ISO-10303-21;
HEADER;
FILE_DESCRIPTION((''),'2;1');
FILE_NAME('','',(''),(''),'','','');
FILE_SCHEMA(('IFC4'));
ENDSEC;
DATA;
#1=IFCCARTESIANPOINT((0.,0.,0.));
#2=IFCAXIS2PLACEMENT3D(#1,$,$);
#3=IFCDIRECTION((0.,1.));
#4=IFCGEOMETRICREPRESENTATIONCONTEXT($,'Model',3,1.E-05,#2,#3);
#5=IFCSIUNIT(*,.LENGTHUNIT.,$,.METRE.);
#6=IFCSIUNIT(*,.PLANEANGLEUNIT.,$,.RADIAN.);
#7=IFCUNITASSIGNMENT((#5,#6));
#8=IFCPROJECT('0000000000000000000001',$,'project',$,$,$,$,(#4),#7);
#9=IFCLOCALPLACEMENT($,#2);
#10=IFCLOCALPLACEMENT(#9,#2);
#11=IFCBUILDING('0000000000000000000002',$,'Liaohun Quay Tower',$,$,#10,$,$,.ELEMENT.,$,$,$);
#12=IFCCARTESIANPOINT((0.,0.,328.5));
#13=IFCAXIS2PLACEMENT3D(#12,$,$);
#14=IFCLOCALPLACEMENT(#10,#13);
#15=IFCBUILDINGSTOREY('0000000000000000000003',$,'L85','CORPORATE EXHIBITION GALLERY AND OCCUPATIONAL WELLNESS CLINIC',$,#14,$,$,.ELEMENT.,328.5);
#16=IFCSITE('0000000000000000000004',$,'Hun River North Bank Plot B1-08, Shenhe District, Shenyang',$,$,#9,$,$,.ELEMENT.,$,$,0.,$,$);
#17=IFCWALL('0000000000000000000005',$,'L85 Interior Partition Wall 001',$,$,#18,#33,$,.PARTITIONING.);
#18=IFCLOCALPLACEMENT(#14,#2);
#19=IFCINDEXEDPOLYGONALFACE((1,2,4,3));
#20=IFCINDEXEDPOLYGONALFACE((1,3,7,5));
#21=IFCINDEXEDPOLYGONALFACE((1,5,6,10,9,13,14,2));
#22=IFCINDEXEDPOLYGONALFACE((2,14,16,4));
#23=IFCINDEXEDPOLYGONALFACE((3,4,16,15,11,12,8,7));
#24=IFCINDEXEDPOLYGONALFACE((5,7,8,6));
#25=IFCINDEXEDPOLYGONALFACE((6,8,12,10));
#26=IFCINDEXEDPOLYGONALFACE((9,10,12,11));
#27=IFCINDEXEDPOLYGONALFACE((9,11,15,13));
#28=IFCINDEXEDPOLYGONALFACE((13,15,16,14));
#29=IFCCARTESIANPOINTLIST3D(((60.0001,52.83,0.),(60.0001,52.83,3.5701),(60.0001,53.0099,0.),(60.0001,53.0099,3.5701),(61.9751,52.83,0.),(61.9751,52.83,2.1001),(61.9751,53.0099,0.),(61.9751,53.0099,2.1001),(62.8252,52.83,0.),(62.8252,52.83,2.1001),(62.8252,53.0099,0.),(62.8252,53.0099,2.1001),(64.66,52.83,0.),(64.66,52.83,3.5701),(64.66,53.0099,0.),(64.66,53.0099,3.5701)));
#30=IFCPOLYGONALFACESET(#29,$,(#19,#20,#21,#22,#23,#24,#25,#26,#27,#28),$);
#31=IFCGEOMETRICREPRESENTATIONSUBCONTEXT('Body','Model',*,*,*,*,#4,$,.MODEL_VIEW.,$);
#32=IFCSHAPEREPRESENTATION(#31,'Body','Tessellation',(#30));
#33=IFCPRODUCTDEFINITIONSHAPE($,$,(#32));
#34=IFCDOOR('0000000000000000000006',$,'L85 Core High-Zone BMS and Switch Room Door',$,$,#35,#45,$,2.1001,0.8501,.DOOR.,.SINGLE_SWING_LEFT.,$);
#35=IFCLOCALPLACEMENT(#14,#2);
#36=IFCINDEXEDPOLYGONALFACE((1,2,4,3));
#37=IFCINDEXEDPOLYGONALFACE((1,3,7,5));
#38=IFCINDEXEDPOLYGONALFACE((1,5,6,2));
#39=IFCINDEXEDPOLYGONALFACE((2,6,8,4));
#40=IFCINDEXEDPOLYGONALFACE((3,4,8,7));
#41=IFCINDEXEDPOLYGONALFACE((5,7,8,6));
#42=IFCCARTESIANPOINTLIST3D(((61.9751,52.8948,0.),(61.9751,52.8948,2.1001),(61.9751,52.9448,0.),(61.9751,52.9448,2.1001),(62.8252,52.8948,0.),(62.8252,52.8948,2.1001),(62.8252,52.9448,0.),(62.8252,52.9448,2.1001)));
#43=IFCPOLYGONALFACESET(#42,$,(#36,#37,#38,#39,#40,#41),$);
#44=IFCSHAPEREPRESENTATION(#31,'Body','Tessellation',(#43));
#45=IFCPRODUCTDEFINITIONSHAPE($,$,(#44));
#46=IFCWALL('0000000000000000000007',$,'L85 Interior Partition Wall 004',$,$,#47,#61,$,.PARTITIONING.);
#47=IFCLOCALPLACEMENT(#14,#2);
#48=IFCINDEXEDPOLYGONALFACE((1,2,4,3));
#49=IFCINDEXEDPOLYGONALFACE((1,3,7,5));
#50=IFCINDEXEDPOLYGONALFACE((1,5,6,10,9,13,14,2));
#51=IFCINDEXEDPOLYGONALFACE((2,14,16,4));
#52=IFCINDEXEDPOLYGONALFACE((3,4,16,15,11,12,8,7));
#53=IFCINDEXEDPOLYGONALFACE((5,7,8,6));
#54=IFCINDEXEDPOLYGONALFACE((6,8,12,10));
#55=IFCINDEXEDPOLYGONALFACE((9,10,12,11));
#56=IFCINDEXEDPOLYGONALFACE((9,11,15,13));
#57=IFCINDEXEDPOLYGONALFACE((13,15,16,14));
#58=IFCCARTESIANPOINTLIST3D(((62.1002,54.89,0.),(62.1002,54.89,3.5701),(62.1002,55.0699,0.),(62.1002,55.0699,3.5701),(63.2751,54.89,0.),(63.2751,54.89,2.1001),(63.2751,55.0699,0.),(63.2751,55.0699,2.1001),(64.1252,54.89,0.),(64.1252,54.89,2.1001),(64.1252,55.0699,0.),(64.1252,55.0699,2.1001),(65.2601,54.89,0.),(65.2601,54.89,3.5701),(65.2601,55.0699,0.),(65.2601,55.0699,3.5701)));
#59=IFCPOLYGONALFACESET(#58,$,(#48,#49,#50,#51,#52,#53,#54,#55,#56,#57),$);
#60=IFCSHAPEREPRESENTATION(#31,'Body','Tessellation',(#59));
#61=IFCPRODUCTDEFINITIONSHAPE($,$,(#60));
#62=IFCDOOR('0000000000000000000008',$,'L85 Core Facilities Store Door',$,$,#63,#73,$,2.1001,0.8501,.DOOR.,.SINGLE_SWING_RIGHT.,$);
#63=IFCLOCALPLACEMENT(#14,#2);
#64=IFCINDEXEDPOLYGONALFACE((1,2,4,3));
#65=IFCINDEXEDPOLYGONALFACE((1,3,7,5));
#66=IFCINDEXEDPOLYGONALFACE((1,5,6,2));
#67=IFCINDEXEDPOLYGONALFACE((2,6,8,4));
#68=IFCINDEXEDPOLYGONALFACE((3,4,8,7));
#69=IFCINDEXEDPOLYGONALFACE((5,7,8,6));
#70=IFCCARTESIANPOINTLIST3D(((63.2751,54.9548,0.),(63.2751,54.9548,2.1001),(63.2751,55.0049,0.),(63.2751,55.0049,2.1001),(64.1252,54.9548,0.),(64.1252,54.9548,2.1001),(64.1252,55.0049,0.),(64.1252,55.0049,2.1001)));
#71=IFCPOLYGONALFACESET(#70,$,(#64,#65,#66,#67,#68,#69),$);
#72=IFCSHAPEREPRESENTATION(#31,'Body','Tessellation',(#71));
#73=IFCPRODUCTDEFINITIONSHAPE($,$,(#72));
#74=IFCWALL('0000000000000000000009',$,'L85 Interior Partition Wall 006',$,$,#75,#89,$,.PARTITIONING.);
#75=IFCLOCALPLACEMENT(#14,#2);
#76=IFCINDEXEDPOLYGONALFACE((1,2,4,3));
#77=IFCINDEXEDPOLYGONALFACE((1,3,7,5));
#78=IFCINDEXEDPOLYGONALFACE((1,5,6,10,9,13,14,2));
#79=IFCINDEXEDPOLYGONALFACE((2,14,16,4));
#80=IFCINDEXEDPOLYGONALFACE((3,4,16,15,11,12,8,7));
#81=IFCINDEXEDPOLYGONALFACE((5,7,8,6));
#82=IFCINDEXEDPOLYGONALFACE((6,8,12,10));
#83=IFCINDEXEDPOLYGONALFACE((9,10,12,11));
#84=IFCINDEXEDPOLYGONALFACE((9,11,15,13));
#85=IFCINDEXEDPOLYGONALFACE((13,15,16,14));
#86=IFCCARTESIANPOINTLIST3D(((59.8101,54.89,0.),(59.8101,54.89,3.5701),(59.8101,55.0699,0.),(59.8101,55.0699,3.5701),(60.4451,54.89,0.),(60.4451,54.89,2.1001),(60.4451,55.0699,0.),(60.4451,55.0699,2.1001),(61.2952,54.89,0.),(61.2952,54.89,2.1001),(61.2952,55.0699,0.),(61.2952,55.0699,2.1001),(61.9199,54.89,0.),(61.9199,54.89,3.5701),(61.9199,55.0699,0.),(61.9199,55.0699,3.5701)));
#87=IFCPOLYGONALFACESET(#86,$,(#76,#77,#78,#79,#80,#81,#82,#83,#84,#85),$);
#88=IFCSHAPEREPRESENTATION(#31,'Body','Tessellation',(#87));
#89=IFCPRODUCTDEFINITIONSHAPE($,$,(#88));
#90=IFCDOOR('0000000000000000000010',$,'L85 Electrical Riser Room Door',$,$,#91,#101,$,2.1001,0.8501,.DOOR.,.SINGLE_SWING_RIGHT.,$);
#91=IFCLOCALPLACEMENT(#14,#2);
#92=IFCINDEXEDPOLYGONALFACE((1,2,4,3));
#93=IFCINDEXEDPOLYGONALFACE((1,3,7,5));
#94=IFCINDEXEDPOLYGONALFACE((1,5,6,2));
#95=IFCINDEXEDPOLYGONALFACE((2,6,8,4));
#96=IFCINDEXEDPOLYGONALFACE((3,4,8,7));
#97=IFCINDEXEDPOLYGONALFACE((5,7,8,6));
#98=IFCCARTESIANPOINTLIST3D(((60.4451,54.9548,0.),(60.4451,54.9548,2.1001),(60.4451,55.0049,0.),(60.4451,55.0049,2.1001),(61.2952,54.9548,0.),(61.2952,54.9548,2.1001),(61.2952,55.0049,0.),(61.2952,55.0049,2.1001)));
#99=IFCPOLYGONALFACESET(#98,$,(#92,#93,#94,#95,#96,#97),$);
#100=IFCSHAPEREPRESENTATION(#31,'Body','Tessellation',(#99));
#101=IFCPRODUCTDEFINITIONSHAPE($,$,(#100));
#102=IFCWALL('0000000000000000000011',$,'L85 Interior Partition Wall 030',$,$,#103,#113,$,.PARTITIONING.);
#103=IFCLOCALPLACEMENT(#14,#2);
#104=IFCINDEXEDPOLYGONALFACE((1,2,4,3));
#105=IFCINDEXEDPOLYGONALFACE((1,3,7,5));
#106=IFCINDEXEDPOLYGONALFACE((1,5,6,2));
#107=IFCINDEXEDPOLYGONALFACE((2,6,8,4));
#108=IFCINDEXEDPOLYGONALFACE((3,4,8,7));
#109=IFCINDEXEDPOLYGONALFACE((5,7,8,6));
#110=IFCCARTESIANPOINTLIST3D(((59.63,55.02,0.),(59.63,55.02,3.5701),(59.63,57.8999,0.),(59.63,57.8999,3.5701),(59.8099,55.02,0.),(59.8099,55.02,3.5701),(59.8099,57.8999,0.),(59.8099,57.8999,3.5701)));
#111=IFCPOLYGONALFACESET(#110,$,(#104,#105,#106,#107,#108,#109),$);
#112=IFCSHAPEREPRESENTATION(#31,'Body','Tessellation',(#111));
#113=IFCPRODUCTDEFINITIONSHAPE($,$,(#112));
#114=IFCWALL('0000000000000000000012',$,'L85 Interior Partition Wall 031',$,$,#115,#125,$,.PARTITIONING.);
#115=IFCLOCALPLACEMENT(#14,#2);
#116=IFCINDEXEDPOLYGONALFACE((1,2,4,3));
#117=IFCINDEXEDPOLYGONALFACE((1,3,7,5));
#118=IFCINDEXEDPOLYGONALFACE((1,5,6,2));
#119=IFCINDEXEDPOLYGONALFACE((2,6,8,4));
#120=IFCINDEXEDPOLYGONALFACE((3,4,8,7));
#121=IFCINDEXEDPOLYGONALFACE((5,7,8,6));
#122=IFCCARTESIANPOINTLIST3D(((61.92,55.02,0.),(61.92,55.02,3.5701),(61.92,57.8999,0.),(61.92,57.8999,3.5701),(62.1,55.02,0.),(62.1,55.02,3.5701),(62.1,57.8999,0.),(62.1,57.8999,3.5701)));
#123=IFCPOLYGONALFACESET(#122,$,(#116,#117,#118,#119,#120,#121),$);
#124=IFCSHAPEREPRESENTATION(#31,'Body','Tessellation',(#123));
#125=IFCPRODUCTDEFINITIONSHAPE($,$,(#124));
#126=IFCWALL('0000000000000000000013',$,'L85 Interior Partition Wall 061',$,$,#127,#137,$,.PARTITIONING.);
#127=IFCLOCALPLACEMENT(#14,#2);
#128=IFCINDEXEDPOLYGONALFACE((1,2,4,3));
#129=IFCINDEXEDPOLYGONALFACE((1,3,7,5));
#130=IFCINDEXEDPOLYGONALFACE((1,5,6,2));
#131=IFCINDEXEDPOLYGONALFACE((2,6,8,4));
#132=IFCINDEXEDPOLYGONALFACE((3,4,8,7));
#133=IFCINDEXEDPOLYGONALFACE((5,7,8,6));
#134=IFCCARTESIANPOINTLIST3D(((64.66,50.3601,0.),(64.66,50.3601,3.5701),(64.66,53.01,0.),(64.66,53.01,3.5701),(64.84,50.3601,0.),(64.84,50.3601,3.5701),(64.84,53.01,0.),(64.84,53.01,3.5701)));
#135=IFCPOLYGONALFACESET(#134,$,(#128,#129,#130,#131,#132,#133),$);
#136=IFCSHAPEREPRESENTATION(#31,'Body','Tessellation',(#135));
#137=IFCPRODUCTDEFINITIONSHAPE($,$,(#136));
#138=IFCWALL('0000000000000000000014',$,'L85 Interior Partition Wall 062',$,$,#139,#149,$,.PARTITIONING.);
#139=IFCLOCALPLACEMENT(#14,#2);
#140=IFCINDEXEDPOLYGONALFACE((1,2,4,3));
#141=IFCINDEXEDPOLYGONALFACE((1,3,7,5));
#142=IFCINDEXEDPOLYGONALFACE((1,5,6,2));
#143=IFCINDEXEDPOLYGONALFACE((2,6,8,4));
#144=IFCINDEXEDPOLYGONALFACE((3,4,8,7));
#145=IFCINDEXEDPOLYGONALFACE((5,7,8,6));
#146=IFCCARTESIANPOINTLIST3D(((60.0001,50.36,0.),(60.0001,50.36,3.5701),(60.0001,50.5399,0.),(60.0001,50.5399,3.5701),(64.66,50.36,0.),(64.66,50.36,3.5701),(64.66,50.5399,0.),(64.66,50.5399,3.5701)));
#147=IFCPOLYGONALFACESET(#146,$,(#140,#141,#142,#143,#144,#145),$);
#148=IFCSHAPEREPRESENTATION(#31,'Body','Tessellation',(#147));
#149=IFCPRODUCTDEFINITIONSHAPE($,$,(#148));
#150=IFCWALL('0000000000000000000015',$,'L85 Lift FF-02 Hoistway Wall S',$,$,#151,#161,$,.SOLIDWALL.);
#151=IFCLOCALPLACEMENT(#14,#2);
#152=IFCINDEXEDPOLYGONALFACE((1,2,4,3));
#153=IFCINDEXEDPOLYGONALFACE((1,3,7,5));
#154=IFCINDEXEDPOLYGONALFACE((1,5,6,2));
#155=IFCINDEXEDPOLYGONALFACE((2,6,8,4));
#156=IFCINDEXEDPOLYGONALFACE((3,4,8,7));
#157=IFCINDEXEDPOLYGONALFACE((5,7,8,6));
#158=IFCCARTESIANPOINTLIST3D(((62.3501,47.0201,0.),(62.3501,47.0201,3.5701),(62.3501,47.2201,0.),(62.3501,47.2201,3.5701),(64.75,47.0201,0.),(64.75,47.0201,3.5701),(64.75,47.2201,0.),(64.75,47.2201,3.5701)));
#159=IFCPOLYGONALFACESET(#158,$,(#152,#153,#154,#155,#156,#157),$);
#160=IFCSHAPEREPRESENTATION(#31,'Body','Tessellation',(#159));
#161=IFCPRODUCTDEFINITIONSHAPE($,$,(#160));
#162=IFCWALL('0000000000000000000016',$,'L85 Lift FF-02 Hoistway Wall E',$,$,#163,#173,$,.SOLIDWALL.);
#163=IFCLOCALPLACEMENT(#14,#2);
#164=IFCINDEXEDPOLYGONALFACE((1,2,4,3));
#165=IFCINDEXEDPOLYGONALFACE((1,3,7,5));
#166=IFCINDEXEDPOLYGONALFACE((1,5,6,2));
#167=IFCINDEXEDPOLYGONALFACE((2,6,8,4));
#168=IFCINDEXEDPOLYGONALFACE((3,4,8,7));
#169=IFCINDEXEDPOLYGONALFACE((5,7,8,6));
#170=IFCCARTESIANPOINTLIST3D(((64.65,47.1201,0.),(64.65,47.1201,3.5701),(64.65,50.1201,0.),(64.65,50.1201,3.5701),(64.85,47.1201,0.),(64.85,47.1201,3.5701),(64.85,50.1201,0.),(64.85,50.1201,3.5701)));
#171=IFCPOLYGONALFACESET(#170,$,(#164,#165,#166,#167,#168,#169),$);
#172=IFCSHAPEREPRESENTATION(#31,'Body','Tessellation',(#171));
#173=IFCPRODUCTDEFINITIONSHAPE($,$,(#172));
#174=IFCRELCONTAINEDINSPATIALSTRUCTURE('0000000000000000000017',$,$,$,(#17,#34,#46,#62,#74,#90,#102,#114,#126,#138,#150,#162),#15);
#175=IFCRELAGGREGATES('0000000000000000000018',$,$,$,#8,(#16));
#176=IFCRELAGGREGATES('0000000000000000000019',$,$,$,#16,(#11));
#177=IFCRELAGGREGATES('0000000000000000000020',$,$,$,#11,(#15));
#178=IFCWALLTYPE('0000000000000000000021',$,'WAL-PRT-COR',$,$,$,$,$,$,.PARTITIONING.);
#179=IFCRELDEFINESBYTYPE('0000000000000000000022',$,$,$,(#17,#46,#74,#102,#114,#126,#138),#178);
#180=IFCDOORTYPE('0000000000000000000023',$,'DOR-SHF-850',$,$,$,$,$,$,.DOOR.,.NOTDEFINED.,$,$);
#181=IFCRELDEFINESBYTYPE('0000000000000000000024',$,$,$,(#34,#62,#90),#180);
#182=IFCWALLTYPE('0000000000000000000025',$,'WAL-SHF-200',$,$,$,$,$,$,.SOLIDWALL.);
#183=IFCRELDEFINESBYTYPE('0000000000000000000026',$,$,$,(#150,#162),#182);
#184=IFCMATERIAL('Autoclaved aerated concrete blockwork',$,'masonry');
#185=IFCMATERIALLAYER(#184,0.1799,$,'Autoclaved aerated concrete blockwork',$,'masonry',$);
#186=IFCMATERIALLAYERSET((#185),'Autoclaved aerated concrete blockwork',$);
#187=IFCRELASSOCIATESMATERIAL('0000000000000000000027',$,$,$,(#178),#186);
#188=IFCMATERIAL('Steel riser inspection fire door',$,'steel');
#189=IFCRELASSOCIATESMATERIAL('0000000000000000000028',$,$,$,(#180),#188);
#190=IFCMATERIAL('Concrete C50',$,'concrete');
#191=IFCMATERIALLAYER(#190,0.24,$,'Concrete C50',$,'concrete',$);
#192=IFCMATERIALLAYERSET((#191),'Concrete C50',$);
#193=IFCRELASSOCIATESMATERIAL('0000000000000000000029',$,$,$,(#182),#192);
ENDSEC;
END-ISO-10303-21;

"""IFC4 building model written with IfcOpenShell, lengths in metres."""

from ifc_helpers import new_model, si_unit, direction, frame, frame_2d, origin, place, context, subcontext, project, spatial, rectangle, extrude, source, transform, mapped, material, layer, layer_set, type_object, element, fill, save


model = new_model("IFC4")

# Units and contexts
model_context = context("Model", 3, precision=1e-05, world=origin(), true_north=direction((0.0, 1.0)))
body_context = subcontext(model_context, "Body", "Model", "MODEL_VIEW")
ifc_project = project(units=[si_unit("LENGTHUNIT", "METRE"), si_unit("PLANEANGLEUNIT", "RADIAN")], contexts=[model_context])

# Site, building, storey
site_placement = place(None, origin())
site = spatial("IfcSite", under=ifc_project, at=site_placement, Name="Hun River North Bank Plot B1-08, Shenhe District, Shenyang", CompositionType="ELEMENT", RefElevation=0.0)
building_placement = place(site_placement, origin())
building = spatial("IfcBuilding", under=site, at=building_placement, Name="Liaohun Quay Tower", CompositionType="ELEMENT")
storey_placement = place(building_placement, frame((0.0, 0.0, 328.5)))
storey = spatial("IfcBuildingStorey", under=building, at=storey_placement, Name="L85", Description="CORPORATE EXHIBITION GALLERY AND OCCUPATIONAL WELLNESS CLINIC", CompositionType="ELEMENT", Elevation=328.5)

# Walls, openings, doors
ifc_material_1 = material(Name="Autoclaved aerated concrete blockwork", Category="masonry")
ifc_layer_1 = layer(ifc_material_1, 0.1799, Name="Autoclaved aerated concrete blockwork", Category="masonry")
ifc_layer_set_1 = layer_set([ifc_layer_1], Name="Autoclaved aerated concrete blockwork")
wall_type_1 = type_object("IfcWallType", Name="WAL-PRT-COR", PredefinedType="PARTITIONING", material=ifc_layer_set_1)
wall_1_placement = place(storey_placement, frame((60.0, 52.9199, 0.0), z_axis=(0.0, 0.0, 1.0), x_axis=(1.0, 0.0, 0.0)))
wall_1 = element("IfcWall", 1, at=wall_1_placement, inside=storey, type_object=wall_type_1, Name="L85 Interior Partition Wall 001", PredefinedType="PARTITIONING", context=body_context, shape_type="SweptSolid", body=[
    extrude(rectangle(XDim=4.6599, YDim=0.1799, at=frame_2d((2.3301, 0.0))), origin(), (0.0, 0.0, 1.0), 3.5701),
])
shared_shape_1 = source(origin(), body_context, "Body", "SweptSolid", [
    extrude(rectangle(XDim=0.8501, YDim=2.1001, at=frame_2d((0.425, 1.05))), frame((0.0, 0.0999, 0.0), z_axis=(0.0, -1.0, 0.0), x_axis=(1.0, 0.0, 0.0)), (0.0, 0.0, 1.0), 0.2),
])
opening_1_placement = place(wall_1_placement, frame((1.9751, 0.0, 0.0)))
opening_1 = element("IfcOpeningElement", 2, at=opening_1_placement, cuts=wall_1, PredefinedType="OPENING", context=body_context, shape_type="MappedRepresentation", body=[
    mapped(shared_shape_1, transform((0.0, 0.0, 0.0), x_axis=(1.0, 0.0, 0.0), y_axis=(0.0, 1.0, 0.0), z_axis=(0.0, 0.0, 1.0), scale=1.0)),
])
ifc_material_2 = material(Name="Steel riser inspection fire door", Category="steel")
door_type_1 = type_object("IfcDoorType", Name="DOR-SHF-850", OperationType="NOTDEFINED", PredefinedType="DOOR", material=ifc_material_2)
shared_shape_2 = source(origin(), body_context, "Body", "SweptSolid", [
    extrude(rectangle(XDim=0.8501, YDim=2.1001, at=frame_2d((0.425, 1.05))), frame((0.0, 0.0249, 0.0), z_axis=(0.0, -1.0, 0.0), x_axis=(1.0, 0.0, 0.0)), (0.0, 0.0, 1.0), 0.05),
])
door_1_placement = place(opening_1_placement, origin())
door_1 = element("IfcDoor", 3, at=door_1_placement, inside=storey, type_object=door_type_1, Name="L85 Core High-Zone BMS and Switch Room Door", OperationType="SINGLE_SWING_LEFT", OverallHeight=2.1001, OverallWidth=0.8501, PredefinedType="DOOR", context=body_context, shape_type="MappedRepresentation", body=[
    mapped(shared_shape_2, transform((0.0, 0.0, 0.0), x_axis=(1.0, 0.0, 0.0), y_axis=(0.0, 1.0, 0.0), z_axis=(0.0, 0.0, 1.0), scale=1.0)),
])
fill(opening_1, door_1)
wall_2_placement = place(storey_placement, frame((62.1001, 54.98, 0.0), z_axis=(0.0, 0.0, 1.0), x_axis=(1.0, 0.0, 0.0)))
wall_2 = element("IfcWall", 4, at=wall_2_placement, inside=storey, type_object=wall_type_1, Name="L85 Interior Partition Wall 004", PredefinedType="PARTITIONING", context=body_context, shape_type="SweptSolid", body=[
    extrude(rectangle(XDim=3.1599, YDim=0.1799, at=frame_2d((1.5801, 0.0))), origin(), (0.0, 0.0, 1.0), 3.5701),
])
opening_2_placement = place(wall_2_placement, frame((1.175, 0.0, 0.0)))
opening_2 = element("IfcOpeningElement", 5, at=opening_2_placement, cuts=wall_2, PredefinedType="OPENING", context=body_context, shape_type="MappedRepresentation", body=[
    mapped(shared_shape_1, transform((0.0, 0.0, 0.0), x_axis=(1.0, 0.0, 0.0), y_axis=(0.0, 1.0, 0.0), z_axis=(0.0, 0.0, 1.0), scale=1.0)),
])
door_2_placement = place(opening_2_placement, origin())
door_2 = element("IfcDoor", 6, at=door_2_placement, inside=storey, type_object=door_type_1, Name="L85 Core Facilities Store Door", OperationType="SINGLE_SWING_RIGHT", OverallHeight=2.1001, OverallWidth=0.8501, PredefinedType="DOOR", context=body_context, shape_type="MappedRepresentation", body=[
    mapped(shared_shape_2, transform((0.0, 0.0, 0.0), x_axis=(1.0, 0.0, 0.0), y_axis=(0.0, 1.0, 0.0), z_axis=(0.0, 0.0, 1.0), scale=1.0)),
])
fill(opening_2, door_2)
wall_3_placement = place(storey_placement, frame((59.8101, 54.98, 0.0), z_axis=(0.0, 0.0, 1.0), x_axis=(1.0, 0.0, 0.0)))
wall_3 = element("IfcWall", 7, at=wall_3_placement, inside=storey, type_object=wall_type_1, Name="L85 Interior Partition Wall 006", PredefinedType="PARTITIONING", context=body_context, shape_type="SweptSolid", body=[
    extrude(rectangle(XDim=2.1099, YDim=0.1799, at=frame_2d((1.0549, 0.0))), origin(), (0.0, 0.0, 1.0), 3.5701),
])
opening_3_placement = place(wall_3_placement, frame((0.635, 0.0, 0.0)))
opening_3 = element("IfcOpeningElement", 8, at=opening_3_placement, cuts=wall_3, PredefinedType="OPENING", context=body_context, shape_type="MappedRepresentation", body=[
    mapped(shared_shape_1, transform((0.0, 0.0, 0.0), x_axis=(1.0, 0.0, 0.0), y_axis=(0.0, 1.0, 0.0), z_axis=(0.0, 0.0, 1.0), scale=1.0)),
])
door_3_placement = place(opening_3_placement, origin())
door_3 = element("IfcDoor", 9, at=door_3_placement, inside=storey, type_object=door_type_1, Name="L85 Electrical Riser Room Door", OperationType="SINGLE_SWING_RIGHT", OverallHeight=2.1001, OverallWidth=0.8501, PredefinedType="DOOR", context=body_context, shape_type="MappedRepresentation", body=[
    mapped(shared_shape_2, transform((0.0, 0.0, 0.0), x_axis=(1.0, 0.0, 0.0), y_axis=(0.0, 1.0, 0.0), z_axis=(0.0, 0.0, 1.0), scale=1.0)),
])
fill(opening_3, door_3)

# Walls
for number, where, z_axis, x_axis, name in (
    (10, (59.72, 55.02, 0.0), (0.0, 0.0, 1.0), (0.0, 1.0, 0.0), "L85 Interior Partition Wall 030"),
    (11, (62.01, 55.02, 0.0), (0.0, 0.0, 1.0), (0.0, 1.0, 0.0), "L85 Interior Partition Wall 031"),
):
    element("IfcWall", number, at=place(storey_placement, frame(where, z_axis=z_axis, x_axis=x_axis)), inside=storey, type_object=wall_type_1, Name=name, PredefinedType="PARTITIONING", context=body_context, shape_type="SweptSolid", body=[
        extrude(rectangle(XDim=2.8799, YDim=0.1799, at=frame_2d((1.4399, 0.0))), origin(), (0.0, 0.0, 1.0), 3.5701),
    ])
wall_4_placement = place(storey_placement, frame((64.75, 50.3601, 0.0), z_axis=(0.0, 0.0, 1.0), x_axis=(0.0, 1.0, 0.0)))
element("IfcWall", 12, at=wall_4_placement, inside=storey, type_object=wall_type_1, Name="L85 Interior Partition Wall 061", PredefinedType="PARTITIONING", context=body_context, shape_type="SweptSolid", body=[
    extrude(rectangle(XDim=2.6499, YDim=0.1799, at=frame_2d((1.325, 0.0))), origin(), (0.0, 0.0, 1.0), 3.5701),
])
wall_5_placement = place(storey_placement, frame((60.0, 50.45, 0.0), z_axis=(0.0, 0.0, 1.0), x_axis=(1.0, 0.0, 0.0)))
element("IfcWall", 13, at=wall_5_placement, inside=storey, type_object=wall_type_1, Name="L85 Interior Partition Wall 062", PredefinedType="PARTITIONING", context=body_context, shape_type="SweptSolid", body=[
    extrude(rectangle(XDim=4.6599, YDim=0.1799, at=frame_2d((2.3301, 0.0))), origin(), (0.0, 0.0, 1.0), 3.5701),
])
ifc_material_3 = material(Name="Concrete C50", Category="concrete")
ifc_layer_2 = layer(ifc_material_3, 0.24, Name="Concrete C50", Category="concrete")
ifc_layer_set_2 = layer_set([ifc_layer_2], Name="Concrete C50")
wall_type_2 = type_object("IfcWallType", Name="WAL-SHF-200", PredefinedType="SOLIDWALL", material=ifc_layer_set_2)
wall_6_placement = place(storey_placement, frame((62.3501, 47.1201, 0.0), z_axis=(0.0, 0.0, 1.0), x_axis=(1.0, 0.0, 0.0)))
element("IfcWall", 14, at=wall_6_placement, inside=storey, type_object=wall_type_2, Name="L85 Lift FF-02 Hoistway Wall S", PredefinedType="SOLIDWALL", context=body_context, shape_type="SweptSolid", body=[
    extrude(rectangle(XDim=2.3999, YDim=0.2, at=frame_2d((1.2, 0.0))), origin(), (0.0, 0.0, 1.0), 3.5701),
])
wall_7_placement = place(storey_placement, frame((64.75, 47.1201, 0.0), z_axis=(0.0, 0.0, 1.0), x_axis=(0.0, 1.0, 0.0)))
element("IfcWall", 15, at=wall_7_placement, inside=storey, type_object=wall_type_2, Name="L85 Lift FF-02 Hoistway Wall E", PredefinedType="SOLIDWALL", context=body_context, shape_type="SweptSolid", body=[
    extrude(rectangle(XDim=3.0, YDim=0.2, at=frame_2d((1.5, 0.0))), origin(), (0.0, 0.0, 1.0), 3.5701),
])

save(model, "model.ifc")
